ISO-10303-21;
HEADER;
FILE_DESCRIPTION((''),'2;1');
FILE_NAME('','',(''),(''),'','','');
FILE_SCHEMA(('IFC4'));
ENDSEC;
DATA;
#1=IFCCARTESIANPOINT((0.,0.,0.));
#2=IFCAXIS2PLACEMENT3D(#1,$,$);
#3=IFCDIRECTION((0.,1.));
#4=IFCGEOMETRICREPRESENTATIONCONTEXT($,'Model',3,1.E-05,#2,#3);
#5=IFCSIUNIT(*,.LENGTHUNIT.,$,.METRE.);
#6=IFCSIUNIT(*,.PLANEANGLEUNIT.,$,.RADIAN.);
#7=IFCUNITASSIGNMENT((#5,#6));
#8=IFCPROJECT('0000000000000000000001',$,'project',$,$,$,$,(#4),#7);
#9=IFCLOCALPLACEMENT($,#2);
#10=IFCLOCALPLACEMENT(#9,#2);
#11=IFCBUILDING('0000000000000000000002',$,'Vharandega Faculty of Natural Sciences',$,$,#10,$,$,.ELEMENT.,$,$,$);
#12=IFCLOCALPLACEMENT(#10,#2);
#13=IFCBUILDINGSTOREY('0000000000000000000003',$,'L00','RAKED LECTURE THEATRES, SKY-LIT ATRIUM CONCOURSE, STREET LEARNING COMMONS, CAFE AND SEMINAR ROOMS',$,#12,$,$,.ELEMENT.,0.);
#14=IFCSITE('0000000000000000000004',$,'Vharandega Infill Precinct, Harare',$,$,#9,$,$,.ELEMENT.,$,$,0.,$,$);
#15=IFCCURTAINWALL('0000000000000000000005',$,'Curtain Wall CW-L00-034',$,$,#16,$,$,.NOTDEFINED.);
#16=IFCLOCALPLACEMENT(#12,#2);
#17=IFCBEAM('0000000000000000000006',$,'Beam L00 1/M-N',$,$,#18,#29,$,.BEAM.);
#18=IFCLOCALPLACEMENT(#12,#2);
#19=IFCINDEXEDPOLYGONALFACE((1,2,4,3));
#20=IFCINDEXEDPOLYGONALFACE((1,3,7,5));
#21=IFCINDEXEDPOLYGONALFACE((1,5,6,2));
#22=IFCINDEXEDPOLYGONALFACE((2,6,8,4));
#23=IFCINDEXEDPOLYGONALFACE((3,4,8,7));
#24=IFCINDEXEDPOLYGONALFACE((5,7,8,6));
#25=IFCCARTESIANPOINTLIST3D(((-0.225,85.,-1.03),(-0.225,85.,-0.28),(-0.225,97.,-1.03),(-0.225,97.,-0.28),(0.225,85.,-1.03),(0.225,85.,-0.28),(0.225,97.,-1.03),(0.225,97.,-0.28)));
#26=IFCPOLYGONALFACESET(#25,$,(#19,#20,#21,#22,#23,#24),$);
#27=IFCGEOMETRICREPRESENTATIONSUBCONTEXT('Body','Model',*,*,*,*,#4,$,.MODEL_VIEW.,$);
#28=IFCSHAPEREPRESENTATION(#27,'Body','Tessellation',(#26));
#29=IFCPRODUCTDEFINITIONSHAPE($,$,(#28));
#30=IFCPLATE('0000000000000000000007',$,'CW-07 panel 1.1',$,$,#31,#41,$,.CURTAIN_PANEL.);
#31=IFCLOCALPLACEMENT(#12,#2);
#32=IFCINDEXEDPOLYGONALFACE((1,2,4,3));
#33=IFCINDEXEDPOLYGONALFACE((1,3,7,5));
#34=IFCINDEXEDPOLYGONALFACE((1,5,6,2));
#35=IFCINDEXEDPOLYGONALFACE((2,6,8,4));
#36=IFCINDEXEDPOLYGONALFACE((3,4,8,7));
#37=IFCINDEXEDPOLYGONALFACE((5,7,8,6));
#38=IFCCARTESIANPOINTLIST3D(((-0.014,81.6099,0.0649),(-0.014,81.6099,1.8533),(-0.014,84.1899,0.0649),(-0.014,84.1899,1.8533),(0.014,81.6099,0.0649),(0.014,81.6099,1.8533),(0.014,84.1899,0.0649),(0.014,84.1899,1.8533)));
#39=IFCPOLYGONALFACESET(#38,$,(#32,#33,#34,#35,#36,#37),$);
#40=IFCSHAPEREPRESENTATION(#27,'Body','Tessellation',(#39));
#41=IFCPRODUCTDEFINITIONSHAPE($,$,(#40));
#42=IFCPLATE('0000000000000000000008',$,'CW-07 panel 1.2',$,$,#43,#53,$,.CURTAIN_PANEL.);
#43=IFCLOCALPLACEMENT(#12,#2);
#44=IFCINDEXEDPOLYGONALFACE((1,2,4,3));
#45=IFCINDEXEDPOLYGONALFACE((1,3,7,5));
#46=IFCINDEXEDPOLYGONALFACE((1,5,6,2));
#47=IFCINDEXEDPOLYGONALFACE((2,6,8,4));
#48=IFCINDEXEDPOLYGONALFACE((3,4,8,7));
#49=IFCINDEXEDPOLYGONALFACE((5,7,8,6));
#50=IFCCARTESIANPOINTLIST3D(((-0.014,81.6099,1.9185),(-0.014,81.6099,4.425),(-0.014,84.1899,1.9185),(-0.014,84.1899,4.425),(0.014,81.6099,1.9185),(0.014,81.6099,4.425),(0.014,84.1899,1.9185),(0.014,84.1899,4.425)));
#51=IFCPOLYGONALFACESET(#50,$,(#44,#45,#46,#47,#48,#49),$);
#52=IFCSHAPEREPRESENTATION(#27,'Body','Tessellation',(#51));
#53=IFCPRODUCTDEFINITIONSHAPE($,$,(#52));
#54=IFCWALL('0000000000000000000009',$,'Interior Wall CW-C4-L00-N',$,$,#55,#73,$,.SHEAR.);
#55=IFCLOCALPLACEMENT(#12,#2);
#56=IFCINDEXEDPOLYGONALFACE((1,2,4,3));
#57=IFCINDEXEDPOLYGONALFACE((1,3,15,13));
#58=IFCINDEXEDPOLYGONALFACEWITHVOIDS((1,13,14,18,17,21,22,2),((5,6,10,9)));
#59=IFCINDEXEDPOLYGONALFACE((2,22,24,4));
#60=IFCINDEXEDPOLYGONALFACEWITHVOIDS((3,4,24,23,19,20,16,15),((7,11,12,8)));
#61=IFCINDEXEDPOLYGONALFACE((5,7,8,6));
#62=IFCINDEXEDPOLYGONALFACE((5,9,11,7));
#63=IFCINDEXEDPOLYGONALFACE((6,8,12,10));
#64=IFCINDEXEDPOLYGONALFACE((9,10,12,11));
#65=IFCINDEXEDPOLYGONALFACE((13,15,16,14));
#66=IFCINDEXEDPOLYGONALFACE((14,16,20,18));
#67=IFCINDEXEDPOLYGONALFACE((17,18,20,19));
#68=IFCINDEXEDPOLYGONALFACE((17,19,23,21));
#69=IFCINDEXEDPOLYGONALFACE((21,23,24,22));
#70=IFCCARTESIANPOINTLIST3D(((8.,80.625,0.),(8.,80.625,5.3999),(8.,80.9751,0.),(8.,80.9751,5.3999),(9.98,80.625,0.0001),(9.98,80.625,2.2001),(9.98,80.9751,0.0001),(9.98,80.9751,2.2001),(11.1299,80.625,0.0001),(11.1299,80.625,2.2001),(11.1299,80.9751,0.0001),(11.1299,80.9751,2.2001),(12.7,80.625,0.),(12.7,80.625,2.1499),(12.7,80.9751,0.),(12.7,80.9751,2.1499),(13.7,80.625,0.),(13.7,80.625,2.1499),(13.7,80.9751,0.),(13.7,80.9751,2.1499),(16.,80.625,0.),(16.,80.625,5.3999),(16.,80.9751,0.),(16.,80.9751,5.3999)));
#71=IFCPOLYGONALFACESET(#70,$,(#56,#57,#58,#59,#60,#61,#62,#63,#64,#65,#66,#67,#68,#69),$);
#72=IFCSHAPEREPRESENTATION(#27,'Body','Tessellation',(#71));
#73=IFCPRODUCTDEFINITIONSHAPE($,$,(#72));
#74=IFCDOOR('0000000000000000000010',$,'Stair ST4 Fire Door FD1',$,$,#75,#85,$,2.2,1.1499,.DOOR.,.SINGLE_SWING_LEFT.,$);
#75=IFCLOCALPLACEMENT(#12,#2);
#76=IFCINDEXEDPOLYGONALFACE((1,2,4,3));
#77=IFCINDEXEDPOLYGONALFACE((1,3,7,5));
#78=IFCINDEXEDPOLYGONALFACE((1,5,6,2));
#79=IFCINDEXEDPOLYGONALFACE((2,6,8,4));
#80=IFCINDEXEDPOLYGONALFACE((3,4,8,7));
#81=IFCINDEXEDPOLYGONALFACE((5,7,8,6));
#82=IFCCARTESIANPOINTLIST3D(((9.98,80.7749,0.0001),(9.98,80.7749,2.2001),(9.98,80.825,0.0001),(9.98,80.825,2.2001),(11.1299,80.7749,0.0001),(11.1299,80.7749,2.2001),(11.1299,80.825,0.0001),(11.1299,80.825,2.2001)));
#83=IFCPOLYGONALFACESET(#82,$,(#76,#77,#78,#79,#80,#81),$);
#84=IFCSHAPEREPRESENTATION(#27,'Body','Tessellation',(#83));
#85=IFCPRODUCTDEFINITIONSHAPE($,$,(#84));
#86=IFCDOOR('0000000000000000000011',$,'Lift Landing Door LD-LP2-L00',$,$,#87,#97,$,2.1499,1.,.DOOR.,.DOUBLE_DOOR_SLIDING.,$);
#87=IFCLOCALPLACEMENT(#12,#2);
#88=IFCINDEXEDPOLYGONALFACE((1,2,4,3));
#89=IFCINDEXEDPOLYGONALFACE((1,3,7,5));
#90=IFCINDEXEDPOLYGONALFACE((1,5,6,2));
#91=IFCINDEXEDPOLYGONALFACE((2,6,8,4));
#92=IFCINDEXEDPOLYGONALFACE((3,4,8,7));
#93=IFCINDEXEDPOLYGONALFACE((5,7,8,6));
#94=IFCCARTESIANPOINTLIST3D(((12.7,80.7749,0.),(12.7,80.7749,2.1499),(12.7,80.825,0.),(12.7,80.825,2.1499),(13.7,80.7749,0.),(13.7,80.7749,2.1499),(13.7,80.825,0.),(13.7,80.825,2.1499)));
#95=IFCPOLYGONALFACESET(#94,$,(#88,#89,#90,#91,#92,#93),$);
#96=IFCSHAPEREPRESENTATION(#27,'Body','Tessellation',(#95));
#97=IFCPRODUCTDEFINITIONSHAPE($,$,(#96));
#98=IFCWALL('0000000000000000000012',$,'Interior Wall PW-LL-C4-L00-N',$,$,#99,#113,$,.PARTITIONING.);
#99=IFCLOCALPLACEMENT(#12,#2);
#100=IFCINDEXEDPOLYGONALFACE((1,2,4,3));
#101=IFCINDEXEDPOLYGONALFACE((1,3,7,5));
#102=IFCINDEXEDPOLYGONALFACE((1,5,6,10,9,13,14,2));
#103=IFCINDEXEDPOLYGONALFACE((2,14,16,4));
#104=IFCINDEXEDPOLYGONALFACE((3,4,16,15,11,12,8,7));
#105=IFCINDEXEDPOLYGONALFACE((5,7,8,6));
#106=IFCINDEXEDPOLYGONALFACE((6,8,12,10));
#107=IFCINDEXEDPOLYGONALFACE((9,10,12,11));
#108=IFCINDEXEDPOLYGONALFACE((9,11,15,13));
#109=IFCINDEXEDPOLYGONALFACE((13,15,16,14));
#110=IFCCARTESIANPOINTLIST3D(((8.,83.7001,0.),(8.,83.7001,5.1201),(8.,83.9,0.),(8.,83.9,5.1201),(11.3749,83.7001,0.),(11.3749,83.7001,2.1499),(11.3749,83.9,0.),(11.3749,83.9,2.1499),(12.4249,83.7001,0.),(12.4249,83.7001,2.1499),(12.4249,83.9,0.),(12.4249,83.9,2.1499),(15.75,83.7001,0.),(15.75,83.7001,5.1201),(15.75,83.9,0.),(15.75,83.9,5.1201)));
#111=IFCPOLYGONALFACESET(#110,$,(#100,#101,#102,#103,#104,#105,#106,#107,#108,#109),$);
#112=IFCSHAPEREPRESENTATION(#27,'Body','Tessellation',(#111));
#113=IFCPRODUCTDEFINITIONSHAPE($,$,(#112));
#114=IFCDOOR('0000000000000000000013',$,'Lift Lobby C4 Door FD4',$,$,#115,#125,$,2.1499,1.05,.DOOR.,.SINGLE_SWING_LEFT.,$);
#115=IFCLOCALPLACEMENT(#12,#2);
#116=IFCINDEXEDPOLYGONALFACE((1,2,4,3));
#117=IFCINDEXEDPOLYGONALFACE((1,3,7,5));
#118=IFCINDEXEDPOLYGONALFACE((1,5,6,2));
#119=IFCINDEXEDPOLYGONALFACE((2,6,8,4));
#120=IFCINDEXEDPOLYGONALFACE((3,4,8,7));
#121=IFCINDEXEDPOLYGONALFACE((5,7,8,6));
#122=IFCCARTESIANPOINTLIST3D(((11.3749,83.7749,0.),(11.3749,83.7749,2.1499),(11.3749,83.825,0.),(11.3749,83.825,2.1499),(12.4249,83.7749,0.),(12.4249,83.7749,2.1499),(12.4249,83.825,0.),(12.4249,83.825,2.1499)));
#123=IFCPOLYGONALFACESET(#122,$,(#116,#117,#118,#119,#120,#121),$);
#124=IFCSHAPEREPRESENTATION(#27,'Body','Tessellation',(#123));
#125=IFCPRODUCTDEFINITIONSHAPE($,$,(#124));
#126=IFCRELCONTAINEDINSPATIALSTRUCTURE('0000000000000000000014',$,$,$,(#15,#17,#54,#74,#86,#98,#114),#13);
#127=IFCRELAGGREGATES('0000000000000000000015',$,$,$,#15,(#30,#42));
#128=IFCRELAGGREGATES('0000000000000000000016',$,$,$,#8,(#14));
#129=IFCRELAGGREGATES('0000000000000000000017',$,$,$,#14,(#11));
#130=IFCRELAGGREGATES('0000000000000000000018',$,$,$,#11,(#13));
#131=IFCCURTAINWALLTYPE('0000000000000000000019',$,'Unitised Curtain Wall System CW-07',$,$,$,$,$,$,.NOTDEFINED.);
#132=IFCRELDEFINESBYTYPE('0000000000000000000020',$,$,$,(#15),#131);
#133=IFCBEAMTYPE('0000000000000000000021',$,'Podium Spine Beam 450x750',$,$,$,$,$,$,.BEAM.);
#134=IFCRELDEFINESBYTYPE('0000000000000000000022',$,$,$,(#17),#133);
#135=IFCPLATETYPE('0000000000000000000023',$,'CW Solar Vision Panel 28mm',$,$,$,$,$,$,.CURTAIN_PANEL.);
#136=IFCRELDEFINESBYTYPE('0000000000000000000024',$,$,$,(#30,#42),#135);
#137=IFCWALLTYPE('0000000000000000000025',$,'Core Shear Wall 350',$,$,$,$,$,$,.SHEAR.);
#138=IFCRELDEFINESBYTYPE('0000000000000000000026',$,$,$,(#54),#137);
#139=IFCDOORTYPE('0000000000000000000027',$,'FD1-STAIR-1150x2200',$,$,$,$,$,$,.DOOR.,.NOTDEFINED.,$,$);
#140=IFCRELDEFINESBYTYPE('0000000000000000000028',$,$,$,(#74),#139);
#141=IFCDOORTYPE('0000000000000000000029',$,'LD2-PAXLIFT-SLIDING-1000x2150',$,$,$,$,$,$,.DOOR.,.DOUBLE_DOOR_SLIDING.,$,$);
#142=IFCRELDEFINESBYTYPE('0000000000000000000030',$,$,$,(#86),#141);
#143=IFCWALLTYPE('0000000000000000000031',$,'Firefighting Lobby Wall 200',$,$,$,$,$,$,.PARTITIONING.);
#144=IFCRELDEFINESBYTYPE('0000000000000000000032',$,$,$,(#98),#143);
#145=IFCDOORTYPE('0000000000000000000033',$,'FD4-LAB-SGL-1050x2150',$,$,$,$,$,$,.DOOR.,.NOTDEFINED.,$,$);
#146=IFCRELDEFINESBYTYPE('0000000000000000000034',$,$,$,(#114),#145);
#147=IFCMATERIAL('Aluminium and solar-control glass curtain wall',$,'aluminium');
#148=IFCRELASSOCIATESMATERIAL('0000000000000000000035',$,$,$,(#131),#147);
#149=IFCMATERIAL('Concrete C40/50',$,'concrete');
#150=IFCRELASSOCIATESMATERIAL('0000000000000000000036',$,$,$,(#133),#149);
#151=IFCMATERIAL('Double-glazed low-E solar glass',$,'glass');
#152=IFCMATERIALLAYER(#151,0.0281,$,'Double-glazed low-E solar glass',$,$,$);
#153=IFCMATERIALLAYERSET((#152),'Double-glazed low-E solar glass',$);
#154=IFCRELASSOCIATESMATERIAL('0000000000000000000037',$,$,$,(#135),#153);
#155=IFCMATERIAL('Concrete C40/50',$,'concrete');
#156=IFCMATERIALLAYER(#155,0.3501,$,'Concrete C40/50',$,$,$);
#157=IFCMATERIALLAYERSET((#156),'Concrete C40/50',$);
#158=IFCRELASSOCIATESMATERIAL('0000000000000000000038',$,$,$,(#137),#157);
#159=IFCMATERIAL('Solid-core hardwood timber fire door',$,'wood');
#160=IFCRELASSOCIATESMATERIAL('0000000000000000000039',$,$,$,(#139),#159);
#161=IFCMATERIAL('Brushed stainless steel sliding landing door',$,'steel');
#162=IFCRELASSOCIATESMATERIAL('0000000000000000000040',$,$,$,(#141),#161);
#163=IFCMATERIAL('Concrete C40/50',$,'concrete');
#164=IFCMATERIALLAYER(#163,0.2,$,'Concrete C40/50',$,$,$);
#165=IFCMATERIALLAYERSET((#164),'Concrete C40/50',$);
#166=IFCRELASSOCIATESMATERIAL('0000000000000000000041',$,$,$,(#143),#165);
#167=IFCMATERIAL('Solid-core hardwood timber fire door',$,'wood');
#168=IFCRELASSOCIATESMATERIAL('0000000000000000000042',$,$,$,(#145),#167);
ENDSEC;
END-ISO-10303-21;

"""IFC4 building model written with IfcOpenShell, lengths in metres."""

from ifc_helpers import new_model, si_unit, direction, frame, frame_2d, origin, origin_2d, place, context, subcontext, project, spatial, rectangle, extrude, material, layer, layer_set, material_profile, profile_set, type_object, element, fill, aggregate, save


model = new_model("IFC4")

# Units and contexts
model_context = context("Model", 3, precision=1e-05, world=origin(), true_north=direction((0.0, 1.0)))
body_context = subcontext(model_context, "Body", "Model", "MODEL_VIEW")
ifc_project = project(units=[si_unit("LENGTHUNIT", "METRE"), si_unit("PLANEANGLEUNIT", "RADIAN")], contexts=[model_context])

# Site, building, storey
site_placement = place(None, origin())
site = spatial("IfcSite", under=ifc_project, at=site_placement, Name="Vharandega Infill Precinct, Harare", CompositionType="ELEMENT", RefElevation=0.0)
building_placement = place(site_placement, origin())
building = spatial("IfcBuilding", under=site, at=building_placement, Name="Vharandega Faculty of Natural Sciences", CompositionType="ELEMENT")
storey_placement = place(building_placement, origin())
storey = spatial("IfcBuildingStorey", under=building, at=storey_placement, Name="L00", Description="RAKED LECTURE THEATRES, SKY-LIT ATRIUM CONCOURSE, STREET LEARNING COMMONS, CAFE AND SEMINAR ROOMS", CompositionType="ELEMENT", Elevation=0.0)

# Curtain wall
ifc_material_1 = material(Name="Aluminium and solar-control glass curtain wall", Category="aluminium")
curtain_wall_type = type_object("IfcCurtainWallType", Name="Unitised Curtain Wall System CW-07", PredefinedType="NOTDEFINED", material=ifc_material_1)
curtain_wall_placement = place(storey_placement, origin())
curtain_wall = element("IfcCurtainWall", 1, at=curtain_wall_placement, inside=storey, type_object=curtain_wall_type, Name="Curtain Wall CW-L00-034", PredefinedType="NOTDEFINED")

# Beam
ifc_material_2 = material(Name="Concrete C40/50", Category="concrete")
ifc_material_profile_1 = material_profile(ifc_material_2, rectangle(XDim=0.45, YDim=0.75, at=origin_2d()), Name="RC 450x750")
ifc_profile_set_1 = profile_set([ifc_material_profile_1], Name="Concrete C40/50")
beam_type_1 = type_object("IfcBeamType", Name="Podium Spine Beam 450x750", PredefinedType="BEAM", material=ifc_profile_set_1)
beam_1_placement = place(storey_placement, frame((0.0, 85.0, -0.655), z_axis=(0.0, 1.0, 0.0), x_axis=(-1.0, 0.0, 0.0)))
element("IfcBeam", 2, at=beam_1_placement, inside=storey, type_object=beam_type_1, Name="Beam L00 1/M-N", PredefinedType="BEAM", context=body_context, shape_type="SweptSolid", body=[
    extrude(rectangle(XDim=0.45, YDim=0.75, at=origin_2d()), origin(), (0.0, 0.0, 1.0), 12.0),
])

# Plates
ifc_material_3 = material(Name="Double-glazed low-E solar glass", Category="glass")
ifc_layer_1 = layer(ifc_material_3, 0.0281, Name="Double-glazed low-E solar glass")
ifc_layer_set_1 = layer_set([ifc_layer_1], Name="Double-glazed low-E solar glass")
plate_type = type_object("IfcPlateType", Name="CW Solar Vision Panel 28mm", PredefinedType="CURTAIN_PANEL", material=ifc_layer_set_1)
plate_1_placement = place(storey_placement, frame((0.0, 82.8999, 0.0649), z_axis=(0.0, 0.0, 1.0), x_axis=(0.0, 1.0, 0.0)))
plate_1 = element("IfcPlate", 3, at=plate_1_placement, type_object=plate_type, Name="CW-07 panel 1.1", PredefinedType="CURTAIN_PANEL", context=body_context, shape_type="SweptSolid", body=[
    extrude(rectangle(XDim=2.5801, YDim=0.0281, at=origin_2d()), origin(), (0.0, 0.0, 1.0), 1.7883),
])
plate_2_placement = place(storey_placement, frame((0.0, 82.8999, 1.9185), z_axis=(0.0, 0.0, 1.0), x_axis=(0.0, 1.0, 0.0)))
plate_2 = element("IfcPlate", 4, at=plate_2_placement, type_object=plate_type, Name="CW-07 panel 1.2", PredefinedType="CURTAIN_PANEL", context=body_context, shape_type="SweptSolid", body=[
    extrude(rectangle(XDim=2.5801, YDim=0.0281, at=origin_2d()), origin(), (0.0, 0.0, 1.0), 2.5066),
])
aggregate(curtain_wall, [plate_1, plate_2])

# Wall, openings, doors
ifc_material_4 = material(Name="Concrete C40/50", Category="concrete")
ifc_layer_2 = layer(ifc_material_4, 0.3501, Name="Concrete C40/50")
ifc_layer_set_2 = layer_set([ifc_layer_2], Name="Concrete C40/50")
wall_type_1 = type_object("IfcWallType", Name="Core Shear Wall 350", PredefinedType="SHEAR", material=ifc_layer_set_2)
wall_1_placement = place(storey_placement, frame((8.0, 80.8, 0.0), z_axis=(0.0, 0.0, 1.0), x_axis=(1.0, 0.0, 0.0)))
wall_1 = element("IfcWall", 5, at=wall_1_placement, inside=storey, type_object=wall_type_1, Name="Interior Wall CW-C4-L00-N", PredefinedType="SHEAR", context=body_context, shape_type="SweptSolid", body=[
    extrude(rectangle(XDim=8.0, YDim=0.3501, at=frame_2d((4.0, 0.0))), origin(), (0.0, 0.0, 1.0), 5.3999),
])
opening_1_placement = place(wall_1_placement, frame((1.98, 0.0, 0.0)))
opening_1 = element("IfcOpeningElement", 6, at=opening_1_placement, cuts=wall_1, PredefinedType="OPENING", context=body_context, shape_type="SweptSolid", body=[
    extrude(rectangle(XDim=1.1499, YDim=2.2, at=frame_2d((0.575, 1.1001))), frame((0.0, 0.1851, 0.0), z_axis=(0.0, -1.0, 0.0), x_axis=(1.0, 0.0, 0.0)), (0.0, 0.0, 1.0), 0.3701),
])
opening_2_placement = place(wall_1_placement, frame((4.7, 0.0, 0.0)))
opening_2 = element("IfcOpeningElement", 7, at=opening_2_placement, cuts=wall_1, PredefinedType="OPENING", context=body_context, shape_type="SweptSolid", body=[
    extrude(rectangle(XDim=1.0, YDim=2.1499, at=frame_2d((0.5, 1.075))), frame((0.0, 0.1851, 0.0), z_axis=(0.0, -1.0, 0.0), x_axis=(1.0, 0.0, 0.0)), (0.0, 0.0, 1.0), 0.3701),
])
ifc_material_5 = material(Name="Solid-core hardwood timber fire door", Category="wood")
door_type_1 = type_object("IfcDoorType", Name="FD1-STAIR-1150x2200", OperationType="NOTDEFINED", PredefinedType="DOOR", material=ifc_material_5)
door_1_placement = place(opening_1_placement, origin())
door_1 = element("IfcDoor", 8, at=door_1_placement, inside=storey, type_object=door_type_1, Name="Stair ST4 Fire Door FD1", OperationType="SINGLE_SWING_LEFT", OverallHeight=2.2, OverallWidth=1.1499, PredefinedType="DOOR", context=body_context, shape_type="SweptSolid", body=[
    extrude(rectangle(XDim=1.1499, YDim=2.2, at=frame_2d((0.575, 1.1001))), frame((0.0, 0.0249, 0.0), z_axis=(0.0, -1.0, 0.0), x_axis=(1.0, 0.0, 0.0)), (0.0, 0.0, 1.0), 0.05),
])
fill(opening_1, door_1)
ifc_material_6 = material(Name="Brushed stainless steel sliding landing door", Category="steel")
door_type_2 = type_object("IfcDoorType", Name="LD2-PAXLIFT-SLIDING-1000x2150", OperationType="DOUBLE_DOOR_SLIDING", PredefinedType="DOOR", material=ifc_material_6)
door_2_placement = place(opening_2_placement, origin())
door_2 = element("IfcDoor", 9, at=door_2_placement, inside=storey, type_object=door_type_2, Name="Lift Landing Door LD-LP2-L00", OperationType="DOUBLE_DOOR_SLIDING", OverallHeight=2.1499, OverallWidth=1.0, PredefinedType="DOOR", context=body_context, shape_type="SweptSolid", body=[
    extrude(rectangle(XDim=1.0, YDim=2.1499, at=frame_2d((0.5, 1.075))), frame((0.0, 0.0249, 0.0), z_axis=(0.0, -1.0, 0.0), x_axis=(1.0, 0.0, 0.0)), (0.0, 0.0, 1.0), 0.05),
])
fill(opening_2, door_2)

# Wall, opening, door
ifc_material_7 = material(Name="Concrete C40/50", Category="concrete")
ifc_layer_3 = layer(ifc_material_7, 0.2, Name="Concrete C40/50")
ifc_layer_set_3 = layer_set([ifc_layer_3], Name="Concrete C40/50")
wall_type_2 = type_object("IfcWallType", Name="Firefighting Lobby Wall 200", PredefinedType="PARTITIONING", material=ifc_layer_set_3)
wall_2_placement = place(storey_placement, frame((8.0, 83.8, 0.0), z_axis=(0.0, 0.0, 1.0), x_axis=(1.0, 0.0, 0.0)))
wall_2 = element("IfcWall", 10, at=wall_2_placement, inside=storey, type_object=wall_type_2, Name="Interior Wall PW-LL-C4-L00-N", PredefinedType="PARTITIONING", context=body_context, shape_type="SweptSolid", body=[
    extrude(rectangle(XDim=7.75, YDim=0.2, at=frame_2d((3.875, 0.0))), origin(), (0.0, 0.0, 1.0), 5.1201),
])
opening_3_placement = place(wall_2_placement, frame((3.375, 0.0, 0.0)))
opening_3 = element("IfcOpeningElement", 11, at=opening_3_placement, cuts=wall_2, PredefinedType="OPENING", context=body_context, shape_type="SweptSolid", body=[
    extrude(rectangle(XDim=1.05, YDim=2.1499, at=frame_2d((0.5249, 1.075))), frame((0.0, 0.1099, 0.0), z_axis=(0.0, -1.0, 0.0), x_axis=(1.0, 0.0, 0.0)), (0.0, 0.0, 1.0), 0.22),
])
ifc_material_8 = material(Name="Solid-core hardwood timber fire door", Category="wood")
door_type_3 = type_object("IfcDoorType", Name="FD4-LAB-SGL-1050x2150", OperationType="NOTDEFINED", PredefinedType="DOOR", material=ifc_material_8)
door_3_placement = place(opening_3_placement, origin())
door_3 = element("IfcDoor", 12, at=door_3_placement, inside=storey, type_object=door_type_3, Name="Lift Lobby C4 Door FD4", OperationType="SINGLE_SWING_LEFT", OverallHeight=2.1499, OverallWidth=1.05, PredefinedType="DOOR", context=body_context, shape_type="SweptSolid", body=[
    extrude(rectangle(XDim=1.05, YDim=2.1499, at=frame_2d((0.5249, 1.075))), frame((0.0, 0.0249, 0.0), z_axis=(0.0, -1.0, 0.0), x_axis=(1.0, 0.0, 0.0)), (0.0, 0.0, 1.0), 0.05),
])
fill(opening_3, door_3)

save(model, "model.ifc")
